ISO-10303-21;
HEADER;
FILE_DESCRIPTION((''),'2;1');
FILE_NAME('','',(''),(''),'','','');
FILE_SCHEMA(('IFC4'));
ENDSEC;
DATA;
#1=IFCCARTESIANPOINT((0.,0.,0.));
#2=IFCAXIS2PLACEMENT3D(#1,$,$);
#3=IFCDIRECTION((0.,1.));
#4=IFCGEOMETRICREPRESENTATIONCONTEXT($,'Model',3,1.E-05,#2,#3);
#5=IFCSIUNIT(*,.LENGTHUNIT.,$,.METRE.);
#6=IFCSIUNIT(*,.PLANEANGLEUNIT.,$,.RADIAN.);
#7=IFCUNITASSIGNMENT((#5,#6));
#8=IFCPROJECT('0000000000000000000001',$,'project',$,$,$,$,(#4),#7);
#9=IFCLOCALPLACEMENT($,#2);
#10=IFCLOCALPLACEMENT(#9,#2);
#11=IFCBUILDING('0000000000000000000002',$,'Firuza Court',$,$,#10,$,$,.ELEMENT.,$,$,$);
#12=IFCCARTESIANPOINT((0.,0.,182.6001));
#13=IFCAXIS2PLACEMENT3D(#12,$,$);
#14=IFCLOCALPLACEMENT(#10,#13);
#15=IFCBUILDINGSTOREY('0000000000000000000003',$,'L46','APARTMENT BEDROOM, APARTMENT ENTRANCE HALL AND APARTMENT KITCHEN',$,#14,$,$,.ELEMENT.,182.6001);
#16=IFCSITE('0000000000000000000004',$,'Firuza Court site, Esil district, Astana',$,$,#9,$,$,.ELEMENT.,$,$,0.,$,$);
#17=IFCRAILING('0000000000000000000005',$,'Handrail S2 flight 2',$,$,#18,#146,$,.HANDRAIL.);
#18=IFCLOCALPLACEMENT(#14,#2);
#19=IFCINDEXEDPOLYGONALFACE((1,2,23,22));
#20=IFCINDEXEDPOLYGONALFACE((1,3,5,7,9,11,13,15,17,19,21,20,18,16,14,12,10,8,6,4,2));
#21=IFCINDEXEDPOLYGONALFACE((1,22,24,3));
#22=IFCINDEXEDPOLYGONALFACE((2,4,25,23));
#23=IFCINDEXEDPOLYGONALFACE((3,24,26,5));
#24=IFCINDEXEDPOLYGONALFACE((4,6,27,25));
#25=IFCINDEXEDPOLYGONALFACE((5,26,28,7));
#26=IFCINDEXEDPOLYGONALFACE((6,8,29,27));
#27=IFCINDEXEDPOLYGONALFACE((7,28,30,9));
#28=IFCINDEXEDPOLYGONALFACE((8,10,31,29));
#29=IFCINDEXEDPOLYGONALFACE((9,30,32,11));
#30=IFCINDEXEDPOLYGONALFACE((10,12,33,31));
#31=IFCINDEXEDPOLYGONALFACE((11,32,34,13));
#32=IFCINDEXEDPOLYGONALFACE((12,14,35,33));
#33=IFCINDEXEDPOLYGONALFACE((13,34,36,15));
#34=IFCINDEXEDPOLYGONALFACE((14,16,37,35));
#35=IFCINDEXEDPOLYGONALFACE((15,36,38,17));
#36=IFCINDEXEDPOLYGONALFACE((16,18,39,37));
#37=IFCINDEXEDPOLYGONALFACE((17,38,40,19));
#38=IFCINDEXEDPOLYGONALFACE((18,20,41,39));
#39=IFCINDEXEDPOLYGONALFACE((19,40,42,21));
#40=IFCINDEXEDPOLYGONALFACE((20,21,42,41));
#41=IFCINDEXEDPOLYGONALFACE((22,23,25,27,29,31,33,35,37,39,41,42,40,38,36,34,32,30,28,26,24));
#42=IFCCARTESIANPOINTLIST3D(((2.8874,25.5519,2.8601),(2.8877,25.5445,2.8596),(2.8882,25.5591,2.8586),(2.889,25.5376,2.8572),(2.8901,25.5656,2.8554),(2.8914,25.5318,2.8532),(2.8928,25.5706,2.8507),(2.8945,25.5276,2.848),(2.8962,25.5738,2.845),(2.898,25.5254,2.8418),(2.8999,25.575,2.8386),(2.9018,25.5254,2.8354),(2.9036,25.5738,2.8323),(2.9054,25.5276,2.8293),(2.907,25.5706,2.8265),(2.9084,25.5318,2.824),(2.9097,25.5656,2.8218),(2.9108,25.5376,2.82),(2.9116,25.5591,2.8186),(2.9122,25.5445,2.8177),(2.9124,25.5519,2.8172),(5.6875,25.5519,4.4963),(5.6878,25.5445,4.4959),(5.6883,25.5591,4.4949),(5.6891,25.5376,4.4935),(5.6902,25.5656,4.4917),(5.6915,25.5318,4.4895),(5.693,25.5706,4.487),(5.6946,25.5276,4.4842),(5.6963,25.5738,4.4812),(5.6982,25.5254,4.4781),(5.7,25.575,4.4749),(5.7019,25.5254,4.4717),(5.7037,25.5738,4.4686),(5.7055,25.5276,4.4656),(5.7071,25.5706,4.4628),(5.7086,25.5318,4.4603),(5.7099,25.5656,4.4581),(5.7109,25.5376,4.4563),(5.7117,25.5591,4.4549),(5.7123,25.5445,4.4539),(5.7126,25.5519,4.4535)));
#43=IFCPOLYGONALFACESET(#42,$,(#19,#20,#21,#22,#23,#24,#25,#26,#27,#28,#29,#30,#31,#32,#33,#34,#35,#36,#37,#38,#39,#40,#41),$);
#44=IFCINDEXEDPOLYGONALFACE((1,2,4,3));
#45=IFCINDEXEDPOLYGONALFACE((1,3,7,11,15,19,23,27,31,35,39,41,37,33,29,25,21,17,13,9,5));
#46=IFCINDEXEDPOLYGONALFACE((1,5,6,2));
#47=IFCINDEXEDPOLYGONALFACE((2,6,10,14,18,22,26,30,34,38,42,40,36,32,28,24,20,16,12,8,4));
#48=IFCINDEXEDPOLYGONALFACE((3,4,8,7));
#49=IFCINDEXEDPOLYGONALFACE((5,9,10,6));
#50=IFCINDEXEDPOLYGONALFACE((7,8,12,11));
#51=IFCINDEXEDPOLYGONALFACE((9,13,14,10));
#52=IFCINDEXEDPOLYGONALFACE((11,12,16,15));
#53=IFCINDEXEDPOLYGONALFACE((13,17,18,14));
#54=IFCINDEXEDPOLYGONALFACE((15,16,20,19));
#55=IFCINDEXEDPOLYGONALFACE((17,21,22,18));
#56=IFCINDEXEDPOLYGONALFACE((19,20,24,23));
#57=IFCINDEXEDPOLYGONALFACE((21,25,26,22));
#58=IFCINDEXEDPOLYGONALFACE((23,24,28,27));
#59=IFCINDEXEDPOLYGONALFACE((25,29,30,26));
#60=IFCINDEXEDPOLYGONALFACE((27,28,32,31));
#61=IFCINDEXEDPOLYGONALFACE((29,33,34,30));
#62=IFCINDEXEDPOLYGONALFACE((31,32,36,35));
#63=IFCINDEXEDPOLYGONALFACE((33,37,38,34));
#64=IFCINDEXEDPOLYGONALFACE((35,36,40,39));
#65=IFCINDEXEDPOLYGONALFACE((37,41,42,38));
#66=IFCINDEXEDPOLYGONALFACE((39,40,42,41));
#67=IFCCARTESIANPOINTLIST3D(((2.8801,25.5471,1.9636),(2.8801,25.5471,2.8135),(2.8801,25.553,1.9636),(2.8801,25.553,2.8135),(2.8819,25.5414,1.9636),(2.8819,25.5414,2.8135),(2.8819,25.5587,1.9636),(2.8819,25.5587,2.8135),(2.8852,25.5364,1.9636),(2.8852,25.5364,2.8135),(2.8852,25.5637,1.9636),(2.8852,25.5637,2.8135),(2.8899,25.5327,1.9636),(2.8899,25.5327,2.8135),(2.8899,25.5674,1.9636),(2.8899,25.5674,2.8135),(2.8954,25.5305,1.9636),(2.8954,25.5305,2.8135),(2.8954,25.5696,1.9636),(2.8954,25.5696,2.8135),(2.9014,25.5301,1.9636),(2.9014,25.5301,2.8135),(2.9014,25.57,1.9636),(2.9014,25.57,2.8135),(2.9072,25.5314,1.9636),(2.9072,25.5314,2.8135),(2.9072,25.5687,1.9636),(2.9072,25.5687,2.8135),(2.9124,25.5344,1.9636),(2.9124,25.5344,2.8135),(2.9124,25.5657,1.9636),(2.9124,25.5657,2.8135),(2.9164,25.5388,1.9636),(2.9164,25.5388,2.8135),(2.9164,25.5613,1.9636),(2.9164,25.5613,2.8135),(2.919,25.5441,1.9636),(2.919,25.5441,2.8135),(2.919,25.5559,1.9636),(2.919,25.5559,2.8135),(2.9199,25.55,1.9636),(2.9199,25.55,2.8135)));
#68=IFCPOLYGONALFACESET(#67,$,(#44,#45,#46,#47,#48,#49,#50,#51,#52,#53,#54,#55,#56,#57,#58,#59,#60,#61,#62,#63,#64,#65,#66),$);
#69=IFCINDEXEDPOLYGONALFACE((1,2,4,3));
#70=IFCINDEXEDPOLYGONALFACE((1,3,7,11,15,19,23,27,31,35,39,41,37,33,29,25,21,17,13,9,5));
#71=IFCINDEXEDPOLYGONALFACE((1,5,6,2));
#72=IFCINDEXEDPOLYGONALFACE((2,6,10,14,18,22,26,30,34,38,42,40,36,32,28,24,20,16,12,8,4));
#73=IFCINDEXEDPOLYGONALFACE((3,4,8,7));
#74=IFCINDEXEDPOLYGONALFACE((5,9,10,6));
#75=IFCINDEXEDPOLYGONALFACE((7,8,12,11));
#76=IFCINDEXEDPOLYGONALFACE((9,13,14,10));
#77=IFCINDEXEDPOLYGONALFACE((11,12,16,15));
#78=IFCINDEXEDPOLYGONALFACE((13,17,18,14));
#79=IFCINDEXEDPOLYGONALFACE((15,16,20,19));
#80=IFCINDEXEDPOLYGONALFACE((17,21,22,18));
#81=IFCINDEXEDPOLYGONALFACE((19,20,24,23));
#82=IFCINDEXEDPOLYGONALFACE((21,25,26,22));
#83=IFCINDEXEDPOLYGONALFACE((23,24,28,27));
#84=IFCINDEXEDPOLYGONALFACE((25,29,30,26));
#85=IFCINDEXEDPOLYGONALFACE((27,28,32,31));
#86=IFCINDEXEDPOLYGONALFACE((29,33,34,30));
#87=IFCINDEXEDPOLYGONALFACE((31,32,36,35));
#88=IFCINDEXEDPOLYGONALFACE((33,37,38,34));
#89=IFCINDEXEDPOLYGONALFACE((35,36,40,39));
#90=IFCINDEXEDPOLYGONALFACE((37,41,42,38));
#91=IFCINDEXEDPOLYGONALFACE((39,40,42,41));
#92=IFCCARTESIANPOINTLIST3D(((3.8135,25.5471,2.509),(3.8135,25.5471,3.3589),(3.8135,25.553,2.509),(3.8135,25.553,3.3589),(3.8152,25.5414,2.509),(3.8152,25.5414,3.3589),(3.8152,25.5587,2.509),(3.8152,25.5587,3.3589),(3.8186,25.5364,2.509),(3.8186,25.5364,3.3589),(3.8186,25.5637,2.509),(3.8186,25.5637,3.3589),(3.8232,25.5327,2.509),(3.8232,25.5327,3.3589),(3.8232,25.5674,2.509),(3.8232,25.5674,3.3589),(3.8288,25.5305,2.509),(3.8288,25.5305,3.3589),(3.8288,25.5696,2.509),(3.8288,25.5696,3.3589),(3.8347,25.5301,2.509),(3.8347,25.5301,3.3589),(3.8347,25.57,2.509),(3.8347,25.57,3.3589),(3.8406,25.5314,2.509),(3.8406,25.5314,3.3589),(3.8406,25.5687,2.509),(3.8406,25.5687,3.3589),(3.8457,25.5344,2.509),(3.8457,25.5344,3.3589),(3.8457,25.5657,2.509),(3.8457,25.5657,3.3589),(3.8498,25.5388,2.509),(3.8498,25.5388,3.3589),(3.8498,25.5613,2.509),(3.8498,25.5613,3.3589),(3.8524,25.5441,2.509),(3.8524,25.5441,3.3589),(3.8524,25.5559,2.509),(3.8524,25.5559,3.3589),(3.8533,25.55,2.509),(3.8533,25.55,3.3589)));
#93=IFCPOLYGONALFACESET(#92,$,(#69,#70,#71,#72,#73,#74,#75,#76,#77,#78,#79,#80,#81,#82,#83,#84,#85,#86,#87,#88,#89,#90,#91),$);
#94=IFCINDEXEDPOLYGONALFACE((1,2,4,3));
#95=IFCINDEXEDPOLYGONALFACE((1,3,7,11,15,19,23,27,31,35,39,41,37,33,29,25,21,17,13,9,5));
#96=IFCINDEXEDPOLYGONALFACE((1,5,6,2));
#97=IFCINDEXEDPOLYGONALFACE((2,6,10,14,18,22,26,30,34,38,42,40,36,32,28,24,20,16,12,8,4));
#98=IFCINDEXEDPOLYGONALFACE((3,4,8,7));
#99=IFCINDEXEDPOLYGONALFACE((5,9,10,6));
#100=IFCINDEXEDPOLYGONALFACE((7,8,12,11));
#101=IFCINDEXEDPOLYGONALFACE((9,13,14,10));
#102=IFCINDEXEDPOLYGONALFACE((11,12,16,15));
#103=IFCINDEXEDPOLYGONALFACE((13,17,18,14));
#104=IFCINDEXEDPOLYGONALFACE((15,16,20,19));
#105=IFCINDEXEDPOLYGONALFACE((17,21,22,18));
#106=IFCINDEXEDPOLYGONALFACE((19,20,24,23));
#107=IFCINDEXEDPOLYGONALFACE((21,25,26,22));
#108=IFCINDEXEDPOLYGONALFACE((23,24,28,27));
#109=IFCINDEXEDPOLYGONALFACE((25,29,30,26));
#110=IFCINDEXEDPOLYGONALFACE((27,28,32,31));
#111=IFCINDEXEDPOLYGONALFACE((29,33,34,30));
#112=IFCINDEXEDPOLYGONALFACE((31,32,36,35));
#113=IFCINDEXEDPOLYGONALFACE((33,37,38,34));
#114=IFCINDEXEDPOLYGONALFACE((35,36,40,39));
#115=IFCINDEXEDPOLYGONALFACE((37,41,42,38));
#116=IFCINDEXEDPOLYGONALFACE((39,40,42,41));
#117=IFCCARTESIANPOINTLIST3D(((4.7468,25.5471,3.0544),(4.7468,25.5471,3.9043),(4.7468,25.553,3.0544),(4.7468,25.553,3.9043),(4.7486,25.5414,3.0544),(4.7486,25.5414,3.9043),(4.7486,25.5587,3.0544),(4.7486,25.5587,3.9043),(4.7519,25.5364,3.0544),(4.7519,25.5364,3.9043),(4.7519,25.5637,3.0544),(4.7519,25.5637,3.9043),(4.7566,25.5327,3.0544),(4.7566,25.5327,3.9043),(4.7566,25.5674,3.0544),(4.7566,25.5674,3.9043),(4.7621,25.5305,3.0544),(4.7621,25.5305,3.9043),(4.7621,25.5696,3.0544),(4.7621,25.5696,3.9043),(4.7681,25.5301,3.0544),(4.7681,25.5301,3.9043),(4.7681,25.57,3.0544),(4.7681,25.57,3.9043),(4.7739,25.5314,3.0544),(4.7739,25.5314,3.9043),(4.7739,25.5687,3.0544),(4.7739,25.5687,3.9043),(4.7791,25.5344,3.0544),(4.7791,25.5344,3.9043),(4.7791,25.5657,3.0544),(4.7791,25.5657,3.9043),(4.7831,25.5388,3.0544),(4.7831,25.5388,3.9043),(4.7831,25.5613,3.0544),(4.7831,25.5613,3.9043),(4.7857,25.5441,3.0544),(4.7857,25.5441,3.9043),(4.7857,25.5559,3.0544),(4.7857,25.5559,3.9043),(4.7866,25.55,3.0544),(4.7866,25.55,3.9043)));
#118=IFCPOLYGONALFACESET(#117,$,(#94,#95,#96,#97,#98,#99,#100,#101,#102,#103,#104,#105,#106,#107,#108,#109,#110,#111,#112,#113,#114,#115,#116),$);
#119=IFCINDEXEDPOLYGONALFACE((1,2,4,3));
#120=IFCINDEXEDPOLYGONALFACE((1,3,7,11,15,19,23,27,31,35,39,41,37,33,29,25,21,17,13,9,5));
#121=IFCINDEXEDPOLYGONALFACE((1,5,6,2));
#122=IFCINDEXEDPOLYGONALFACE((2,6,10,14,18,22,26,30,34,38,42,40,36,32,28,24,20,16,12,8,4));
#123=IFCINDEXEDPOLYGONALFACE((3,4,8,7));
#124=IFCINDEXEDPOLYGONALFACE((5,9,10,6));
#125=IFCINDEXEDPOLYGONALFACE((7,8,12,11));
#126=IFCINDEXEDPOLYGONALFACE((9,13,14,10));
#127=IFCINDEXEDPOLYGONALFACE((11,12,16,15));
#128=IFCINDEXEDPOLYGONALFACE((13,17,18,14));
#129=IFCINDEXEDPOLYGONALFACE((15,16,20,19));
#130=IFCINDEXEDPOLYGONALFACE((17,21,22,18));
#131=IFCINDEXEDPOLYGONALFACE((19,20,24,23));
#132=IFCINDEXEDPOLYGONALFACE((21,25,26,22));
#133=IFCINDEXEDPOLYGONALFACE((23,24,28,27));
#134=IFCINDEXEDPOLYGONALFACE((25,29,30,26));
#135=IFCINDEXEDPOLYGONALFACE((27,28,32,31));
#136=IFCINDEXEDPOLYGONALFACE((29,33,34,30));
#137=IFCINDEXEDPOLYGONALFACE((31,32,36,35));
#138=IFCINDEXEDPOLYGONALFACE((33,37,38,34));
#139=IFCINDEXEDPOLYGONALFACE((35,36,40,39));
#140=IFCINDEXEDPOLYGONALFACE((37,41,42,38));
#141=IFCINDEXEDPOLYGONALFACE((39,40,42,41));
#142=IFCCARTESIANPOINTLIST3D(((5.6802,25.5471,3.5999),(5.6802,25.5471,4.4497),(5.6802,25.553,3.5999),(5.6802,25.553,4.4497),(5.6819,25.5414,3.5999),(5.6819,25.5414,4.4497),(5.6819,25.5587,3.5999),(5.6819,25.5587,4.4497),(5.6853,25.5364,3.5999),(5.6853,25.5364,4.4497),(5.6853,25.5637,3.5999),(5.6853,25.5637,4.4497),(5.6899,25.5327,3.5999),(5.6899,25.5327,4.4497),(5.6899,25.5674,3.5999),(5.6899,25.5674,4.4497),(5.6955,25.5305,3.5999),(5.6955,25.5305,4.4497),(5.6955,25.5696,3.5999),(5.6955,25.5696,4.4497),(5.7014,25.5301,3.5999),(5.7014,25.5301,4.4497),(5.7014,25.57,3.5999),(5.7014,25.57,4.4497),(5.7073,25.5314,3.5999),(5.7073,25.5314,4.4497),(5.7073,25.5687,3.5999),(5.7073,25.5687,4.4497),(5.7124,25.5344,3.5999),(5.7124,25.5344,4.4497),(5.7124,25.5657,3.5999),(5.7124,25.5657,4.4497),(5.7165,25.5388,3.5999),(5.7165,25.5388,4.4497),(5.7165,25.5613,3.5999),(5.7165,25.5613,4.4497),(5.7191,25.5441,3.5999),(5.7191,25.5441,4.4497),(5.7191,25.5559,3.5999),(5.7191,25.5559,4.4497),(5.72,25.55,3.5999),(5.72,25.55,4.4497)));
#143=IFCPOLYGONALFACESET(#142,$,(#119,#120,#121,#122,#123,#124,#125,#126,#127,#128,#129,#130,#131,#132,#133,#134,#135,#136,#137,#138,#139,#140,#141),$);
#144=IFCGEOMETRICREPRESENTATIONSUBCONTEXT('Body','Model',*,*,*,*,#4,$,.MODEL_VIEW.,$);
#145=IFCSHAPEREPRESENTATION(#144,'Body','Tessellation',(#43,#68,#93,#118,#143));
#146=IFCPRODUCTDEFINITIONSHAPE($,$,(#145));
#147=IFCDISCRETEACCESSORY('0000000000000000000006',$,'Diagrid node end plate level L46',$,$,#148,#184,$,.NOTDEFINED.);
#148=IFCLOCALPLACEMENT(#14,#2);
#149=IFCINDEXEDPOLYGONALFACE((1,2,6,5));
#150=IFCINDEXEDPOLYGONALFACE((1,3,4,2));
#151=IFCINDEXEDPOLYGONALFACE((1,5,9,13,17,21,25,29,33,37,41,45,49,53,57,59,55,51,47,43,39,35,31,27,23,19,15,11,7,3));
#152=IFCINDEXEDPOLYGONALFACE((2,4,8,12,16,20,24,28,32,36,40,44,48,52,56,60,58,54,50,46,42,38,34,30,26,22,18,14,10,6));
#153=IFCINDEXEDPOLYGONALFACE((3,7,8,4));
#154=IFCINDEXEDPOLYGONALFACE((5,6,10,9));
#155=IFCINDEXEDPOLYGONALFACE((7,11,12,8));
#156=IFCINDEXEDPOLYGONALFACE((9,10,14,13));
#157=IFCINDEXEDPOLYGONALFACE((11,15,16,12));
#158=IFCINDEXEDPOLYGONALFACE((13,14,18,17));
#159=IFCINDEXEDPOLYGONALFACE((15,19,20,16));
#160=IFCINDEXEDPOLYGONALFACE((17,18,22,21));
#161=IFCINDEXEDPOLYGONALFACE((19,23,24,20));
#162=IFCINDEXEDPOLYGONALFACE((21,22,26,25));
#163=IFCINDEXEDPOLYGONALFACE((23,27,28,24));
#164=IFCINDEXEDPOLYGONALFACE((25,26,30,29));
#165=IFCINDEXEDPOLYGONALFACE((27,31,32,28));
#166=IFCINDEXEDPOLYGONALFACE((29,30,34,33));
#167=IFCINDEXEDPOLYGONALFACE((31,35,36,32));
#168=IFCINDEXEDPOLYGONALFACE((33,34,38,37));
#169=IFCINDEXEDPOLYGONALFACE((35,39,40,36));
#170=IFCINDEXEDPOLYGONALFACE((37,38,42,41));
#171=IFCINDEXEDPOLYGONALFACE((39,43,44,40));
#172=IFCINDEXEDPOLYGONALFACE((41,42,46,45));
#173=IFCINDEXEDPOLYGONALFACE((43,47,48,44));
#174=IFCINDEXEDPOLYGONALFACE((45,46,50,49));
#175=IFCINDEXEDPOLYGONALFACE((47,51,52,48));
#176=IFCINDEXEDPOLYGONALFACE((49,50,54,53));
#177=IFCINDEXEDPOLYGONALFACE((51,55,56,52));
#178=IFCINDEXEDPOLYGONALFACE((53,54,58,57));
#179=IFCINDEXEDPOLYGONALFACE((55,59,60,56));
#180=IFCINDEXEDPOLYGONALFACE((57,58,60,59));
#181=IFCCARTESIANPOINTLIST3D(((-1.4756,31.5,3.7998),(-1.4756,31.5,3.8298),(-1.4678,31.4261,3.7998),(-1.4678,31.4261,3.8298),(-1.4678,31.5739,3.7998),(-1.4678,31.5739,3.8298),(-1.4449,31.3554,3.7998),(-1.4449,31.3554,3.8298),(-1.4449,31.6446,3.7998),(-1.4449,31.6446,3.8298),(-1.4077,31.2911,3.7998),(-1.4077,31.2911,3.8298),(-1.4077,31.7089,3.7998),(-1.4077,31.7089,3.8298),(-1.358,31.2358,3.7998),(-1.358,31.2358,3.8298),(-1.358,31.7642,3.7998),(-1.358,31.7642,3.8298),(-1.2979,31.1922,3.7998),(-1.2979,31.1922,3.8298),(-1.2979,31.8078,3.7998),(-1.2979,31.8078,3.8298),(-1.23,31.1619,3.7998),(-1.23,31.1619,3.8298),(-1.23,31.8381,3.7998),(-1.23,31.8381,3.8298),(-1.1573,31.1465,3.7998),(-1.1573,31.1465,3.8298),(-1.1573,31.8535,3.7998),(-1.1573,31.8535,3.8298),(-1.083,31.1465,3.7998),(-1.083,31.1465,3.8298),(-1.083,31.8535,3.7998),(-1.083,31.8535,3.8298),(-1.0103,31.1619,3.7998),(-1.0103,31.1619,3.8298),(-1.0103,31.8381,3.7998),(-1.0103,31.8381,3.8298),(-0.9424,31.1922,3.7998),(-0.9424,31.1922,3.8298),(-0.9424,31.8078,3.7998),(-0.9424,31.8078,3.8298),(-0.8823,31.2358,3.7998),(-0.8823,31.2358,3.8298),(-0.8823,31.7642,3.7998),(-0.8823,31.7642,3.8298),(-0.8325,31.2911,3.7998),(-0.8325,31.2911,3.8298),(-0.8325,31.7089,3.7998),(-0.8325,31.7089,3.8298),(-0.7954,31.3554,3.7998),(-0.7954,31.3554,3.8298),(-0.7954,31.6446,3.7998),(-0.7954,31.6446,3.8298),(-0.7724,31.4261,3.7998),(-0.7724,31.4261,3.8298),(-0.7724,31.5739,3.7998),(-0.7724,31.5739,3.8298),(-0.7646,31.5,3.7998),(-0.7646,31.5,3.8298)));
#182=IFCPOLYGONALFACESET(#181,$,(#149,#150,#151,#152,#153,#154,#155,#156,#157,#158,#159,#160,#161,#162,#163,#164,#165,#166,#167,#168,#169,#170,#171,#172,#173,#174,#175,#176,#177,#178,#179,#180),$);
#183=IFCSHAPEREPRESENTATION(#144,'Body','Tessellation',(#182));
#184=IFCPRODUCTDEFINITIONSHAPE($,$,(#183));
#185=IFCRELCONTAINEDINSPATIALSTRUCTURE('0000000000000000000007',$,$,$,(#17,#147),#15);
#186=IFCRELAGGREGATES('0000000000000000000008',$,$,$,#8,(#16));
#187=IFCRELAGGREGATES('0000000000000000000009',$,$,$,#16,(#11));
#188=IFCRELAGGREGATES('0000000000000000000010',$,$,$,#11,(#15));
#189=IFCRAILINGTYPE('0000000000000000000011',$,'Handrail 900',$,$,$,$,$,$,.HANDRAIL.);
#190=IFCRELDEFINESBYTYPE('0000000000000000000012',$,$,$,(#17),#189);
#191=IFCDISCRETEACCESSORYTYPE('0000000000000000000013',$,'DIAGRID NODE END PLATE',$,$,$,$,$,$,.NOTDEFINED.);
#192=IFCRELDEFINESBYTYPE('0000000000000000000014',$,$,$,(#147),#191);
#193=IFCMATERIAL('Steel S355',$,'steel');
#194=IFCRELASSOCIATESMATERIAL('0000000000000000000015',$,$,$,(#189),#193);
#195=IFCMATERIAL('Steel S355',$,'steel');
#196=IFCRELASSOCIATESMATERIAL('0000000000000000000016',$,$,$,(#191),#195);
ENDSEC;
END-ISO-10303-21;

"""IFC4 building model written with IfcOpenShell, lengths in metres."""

from ifc_helpers import new_model, si_unit, direction, frame, origin, origin_2d, place, context, subcontext, project, spatial, circle, extrude, material, material_profile, profile_set, type_object, element, save


model = new_model("IFC4")

# Units and contexts
model_context = context("Model", 3, precision=1e-05, world=origin(), true_north=direction((0.0, 1.0)))
body_context = subcontext(model_context, "Body", "Model", "MODEL_VIEW")
ifc_project = project(units=[si_unit("LENGTHUNIT", "METRE"), si_unit("PLANEANGLEUNIT", "RADIAN")], contexts=[model_context])

# Site, building, storey
site_placement = place(None, origin())
site = spatial("IfcSite", under=ifc_project, at=site_placement, Name="Firuza Court site, Esil district, Astana", CompositionType="ELEMENT", RefElevation=0.0)
building_placement = place(site_placement, origin())
building = spatial("IfcBuilding", under=site, at=building_placement, Name="Firuza Court", CompositionType="ELEMENT")
storey_placement = place(building_placement, frame((0.0, 0.0, 182.6001)))
storey = spatial("IfcBuildingStorey", under=building, at=storey_placement, Name="L46", Description="APARTMENT BEDROOM, APARTMENT ENTRANCE HALL AND APARTMENT KITCHEN", CompositionType="ELEMENT", Elevation=182.6001)

# Railing
ifc_material_1 = material(Name="Steel S355", Category="steel")
railing_type = type_object("IfcRailingType", Name="Handrail 900", PredefinedType="HANDRAIL", material=ifc_material_1)
railing_placement = place(storey_placement, frame((2.8999, 25.55, 1.9636)))
element("IfcRailing", 1, at=railing_placement, inside=storey, type_object=railing_type, Name="Handrail S2 flight 2", PredefinedType="HANDRAIL", context=body_context, shape_type="SweptSolid", body=[
    extrude(circle(Radius=0.0249, at=origin_2d()), frame((0.0, 0.0, 0.875), z_axis=(0.863394, 0.0, 0.504531), x_axis=(0.0, 1.0, 0.0)), (0.0, 0.0, 1.0), 3.2432),
    extrude(circle(Radius=0.02, at=origin_2d()), origin(), (0.0, 0.0, 1.0), 0.8499),
    extrude(circle(Radius=0.02, at=origin_2d()), frame((0.9333, 0.0, 0.5454)), (0.0, 0.0, 1.0), 0.8499),
    extrude(circle(Radius=0.02, at=origin_2d()), frame((1.8667, 0.0, 1.0908)), (0.0, 0.0, 1.0), 0.8499),
    extrude(circle(Radius=0.02, at=origin_2d()), frame((2.8, 0.0, 1.6362)), (0.0, 0.0, 1.0), 0.8499),
])

# Discrete accessory
ifc_material_2 = material(Name="Steel S355", Category="steel")
ifc_material_profile_1 = material_profile(ifc_material_2, circle(Radius=0.3555, at=origin_2d()), Name="PL D711")
ifc_profile_set_1 = profile_set([ifc_material_profile_1], Name="Steel S355")
discrete_accessory_type = type_object("IfcDiscreteAccessoryType", Name="DIAGRID NODE END PLATE", PredefinedType="NOTDEFINED", material=ifc_profile_set_1)
for number, where, z_axis, x_axis, name in (
    (2, (-1.1201, 31.5, 3.7998), (0.0, 0.0, 1.0), (1.0, 0.0, 0.0), "Diagrid node end plate level L46"),
):
    element("IfcDiscreteAccessory", number, at=place(storey_placement, frame(where, z_axis=z_axis, x_axis=x_axis)), inside=storey, type_object=discrete_accessory_type, Name=name, PredefinedType="NOTDEFINED", context=body_context, shape_type="SweptSolid", body=[
        extrude(circle(Radius=0.3555, at=origin_2d()), origin(), (0.0, 0.0, 1.0), 0.03),
    ])

save(model, "model.ifc")
